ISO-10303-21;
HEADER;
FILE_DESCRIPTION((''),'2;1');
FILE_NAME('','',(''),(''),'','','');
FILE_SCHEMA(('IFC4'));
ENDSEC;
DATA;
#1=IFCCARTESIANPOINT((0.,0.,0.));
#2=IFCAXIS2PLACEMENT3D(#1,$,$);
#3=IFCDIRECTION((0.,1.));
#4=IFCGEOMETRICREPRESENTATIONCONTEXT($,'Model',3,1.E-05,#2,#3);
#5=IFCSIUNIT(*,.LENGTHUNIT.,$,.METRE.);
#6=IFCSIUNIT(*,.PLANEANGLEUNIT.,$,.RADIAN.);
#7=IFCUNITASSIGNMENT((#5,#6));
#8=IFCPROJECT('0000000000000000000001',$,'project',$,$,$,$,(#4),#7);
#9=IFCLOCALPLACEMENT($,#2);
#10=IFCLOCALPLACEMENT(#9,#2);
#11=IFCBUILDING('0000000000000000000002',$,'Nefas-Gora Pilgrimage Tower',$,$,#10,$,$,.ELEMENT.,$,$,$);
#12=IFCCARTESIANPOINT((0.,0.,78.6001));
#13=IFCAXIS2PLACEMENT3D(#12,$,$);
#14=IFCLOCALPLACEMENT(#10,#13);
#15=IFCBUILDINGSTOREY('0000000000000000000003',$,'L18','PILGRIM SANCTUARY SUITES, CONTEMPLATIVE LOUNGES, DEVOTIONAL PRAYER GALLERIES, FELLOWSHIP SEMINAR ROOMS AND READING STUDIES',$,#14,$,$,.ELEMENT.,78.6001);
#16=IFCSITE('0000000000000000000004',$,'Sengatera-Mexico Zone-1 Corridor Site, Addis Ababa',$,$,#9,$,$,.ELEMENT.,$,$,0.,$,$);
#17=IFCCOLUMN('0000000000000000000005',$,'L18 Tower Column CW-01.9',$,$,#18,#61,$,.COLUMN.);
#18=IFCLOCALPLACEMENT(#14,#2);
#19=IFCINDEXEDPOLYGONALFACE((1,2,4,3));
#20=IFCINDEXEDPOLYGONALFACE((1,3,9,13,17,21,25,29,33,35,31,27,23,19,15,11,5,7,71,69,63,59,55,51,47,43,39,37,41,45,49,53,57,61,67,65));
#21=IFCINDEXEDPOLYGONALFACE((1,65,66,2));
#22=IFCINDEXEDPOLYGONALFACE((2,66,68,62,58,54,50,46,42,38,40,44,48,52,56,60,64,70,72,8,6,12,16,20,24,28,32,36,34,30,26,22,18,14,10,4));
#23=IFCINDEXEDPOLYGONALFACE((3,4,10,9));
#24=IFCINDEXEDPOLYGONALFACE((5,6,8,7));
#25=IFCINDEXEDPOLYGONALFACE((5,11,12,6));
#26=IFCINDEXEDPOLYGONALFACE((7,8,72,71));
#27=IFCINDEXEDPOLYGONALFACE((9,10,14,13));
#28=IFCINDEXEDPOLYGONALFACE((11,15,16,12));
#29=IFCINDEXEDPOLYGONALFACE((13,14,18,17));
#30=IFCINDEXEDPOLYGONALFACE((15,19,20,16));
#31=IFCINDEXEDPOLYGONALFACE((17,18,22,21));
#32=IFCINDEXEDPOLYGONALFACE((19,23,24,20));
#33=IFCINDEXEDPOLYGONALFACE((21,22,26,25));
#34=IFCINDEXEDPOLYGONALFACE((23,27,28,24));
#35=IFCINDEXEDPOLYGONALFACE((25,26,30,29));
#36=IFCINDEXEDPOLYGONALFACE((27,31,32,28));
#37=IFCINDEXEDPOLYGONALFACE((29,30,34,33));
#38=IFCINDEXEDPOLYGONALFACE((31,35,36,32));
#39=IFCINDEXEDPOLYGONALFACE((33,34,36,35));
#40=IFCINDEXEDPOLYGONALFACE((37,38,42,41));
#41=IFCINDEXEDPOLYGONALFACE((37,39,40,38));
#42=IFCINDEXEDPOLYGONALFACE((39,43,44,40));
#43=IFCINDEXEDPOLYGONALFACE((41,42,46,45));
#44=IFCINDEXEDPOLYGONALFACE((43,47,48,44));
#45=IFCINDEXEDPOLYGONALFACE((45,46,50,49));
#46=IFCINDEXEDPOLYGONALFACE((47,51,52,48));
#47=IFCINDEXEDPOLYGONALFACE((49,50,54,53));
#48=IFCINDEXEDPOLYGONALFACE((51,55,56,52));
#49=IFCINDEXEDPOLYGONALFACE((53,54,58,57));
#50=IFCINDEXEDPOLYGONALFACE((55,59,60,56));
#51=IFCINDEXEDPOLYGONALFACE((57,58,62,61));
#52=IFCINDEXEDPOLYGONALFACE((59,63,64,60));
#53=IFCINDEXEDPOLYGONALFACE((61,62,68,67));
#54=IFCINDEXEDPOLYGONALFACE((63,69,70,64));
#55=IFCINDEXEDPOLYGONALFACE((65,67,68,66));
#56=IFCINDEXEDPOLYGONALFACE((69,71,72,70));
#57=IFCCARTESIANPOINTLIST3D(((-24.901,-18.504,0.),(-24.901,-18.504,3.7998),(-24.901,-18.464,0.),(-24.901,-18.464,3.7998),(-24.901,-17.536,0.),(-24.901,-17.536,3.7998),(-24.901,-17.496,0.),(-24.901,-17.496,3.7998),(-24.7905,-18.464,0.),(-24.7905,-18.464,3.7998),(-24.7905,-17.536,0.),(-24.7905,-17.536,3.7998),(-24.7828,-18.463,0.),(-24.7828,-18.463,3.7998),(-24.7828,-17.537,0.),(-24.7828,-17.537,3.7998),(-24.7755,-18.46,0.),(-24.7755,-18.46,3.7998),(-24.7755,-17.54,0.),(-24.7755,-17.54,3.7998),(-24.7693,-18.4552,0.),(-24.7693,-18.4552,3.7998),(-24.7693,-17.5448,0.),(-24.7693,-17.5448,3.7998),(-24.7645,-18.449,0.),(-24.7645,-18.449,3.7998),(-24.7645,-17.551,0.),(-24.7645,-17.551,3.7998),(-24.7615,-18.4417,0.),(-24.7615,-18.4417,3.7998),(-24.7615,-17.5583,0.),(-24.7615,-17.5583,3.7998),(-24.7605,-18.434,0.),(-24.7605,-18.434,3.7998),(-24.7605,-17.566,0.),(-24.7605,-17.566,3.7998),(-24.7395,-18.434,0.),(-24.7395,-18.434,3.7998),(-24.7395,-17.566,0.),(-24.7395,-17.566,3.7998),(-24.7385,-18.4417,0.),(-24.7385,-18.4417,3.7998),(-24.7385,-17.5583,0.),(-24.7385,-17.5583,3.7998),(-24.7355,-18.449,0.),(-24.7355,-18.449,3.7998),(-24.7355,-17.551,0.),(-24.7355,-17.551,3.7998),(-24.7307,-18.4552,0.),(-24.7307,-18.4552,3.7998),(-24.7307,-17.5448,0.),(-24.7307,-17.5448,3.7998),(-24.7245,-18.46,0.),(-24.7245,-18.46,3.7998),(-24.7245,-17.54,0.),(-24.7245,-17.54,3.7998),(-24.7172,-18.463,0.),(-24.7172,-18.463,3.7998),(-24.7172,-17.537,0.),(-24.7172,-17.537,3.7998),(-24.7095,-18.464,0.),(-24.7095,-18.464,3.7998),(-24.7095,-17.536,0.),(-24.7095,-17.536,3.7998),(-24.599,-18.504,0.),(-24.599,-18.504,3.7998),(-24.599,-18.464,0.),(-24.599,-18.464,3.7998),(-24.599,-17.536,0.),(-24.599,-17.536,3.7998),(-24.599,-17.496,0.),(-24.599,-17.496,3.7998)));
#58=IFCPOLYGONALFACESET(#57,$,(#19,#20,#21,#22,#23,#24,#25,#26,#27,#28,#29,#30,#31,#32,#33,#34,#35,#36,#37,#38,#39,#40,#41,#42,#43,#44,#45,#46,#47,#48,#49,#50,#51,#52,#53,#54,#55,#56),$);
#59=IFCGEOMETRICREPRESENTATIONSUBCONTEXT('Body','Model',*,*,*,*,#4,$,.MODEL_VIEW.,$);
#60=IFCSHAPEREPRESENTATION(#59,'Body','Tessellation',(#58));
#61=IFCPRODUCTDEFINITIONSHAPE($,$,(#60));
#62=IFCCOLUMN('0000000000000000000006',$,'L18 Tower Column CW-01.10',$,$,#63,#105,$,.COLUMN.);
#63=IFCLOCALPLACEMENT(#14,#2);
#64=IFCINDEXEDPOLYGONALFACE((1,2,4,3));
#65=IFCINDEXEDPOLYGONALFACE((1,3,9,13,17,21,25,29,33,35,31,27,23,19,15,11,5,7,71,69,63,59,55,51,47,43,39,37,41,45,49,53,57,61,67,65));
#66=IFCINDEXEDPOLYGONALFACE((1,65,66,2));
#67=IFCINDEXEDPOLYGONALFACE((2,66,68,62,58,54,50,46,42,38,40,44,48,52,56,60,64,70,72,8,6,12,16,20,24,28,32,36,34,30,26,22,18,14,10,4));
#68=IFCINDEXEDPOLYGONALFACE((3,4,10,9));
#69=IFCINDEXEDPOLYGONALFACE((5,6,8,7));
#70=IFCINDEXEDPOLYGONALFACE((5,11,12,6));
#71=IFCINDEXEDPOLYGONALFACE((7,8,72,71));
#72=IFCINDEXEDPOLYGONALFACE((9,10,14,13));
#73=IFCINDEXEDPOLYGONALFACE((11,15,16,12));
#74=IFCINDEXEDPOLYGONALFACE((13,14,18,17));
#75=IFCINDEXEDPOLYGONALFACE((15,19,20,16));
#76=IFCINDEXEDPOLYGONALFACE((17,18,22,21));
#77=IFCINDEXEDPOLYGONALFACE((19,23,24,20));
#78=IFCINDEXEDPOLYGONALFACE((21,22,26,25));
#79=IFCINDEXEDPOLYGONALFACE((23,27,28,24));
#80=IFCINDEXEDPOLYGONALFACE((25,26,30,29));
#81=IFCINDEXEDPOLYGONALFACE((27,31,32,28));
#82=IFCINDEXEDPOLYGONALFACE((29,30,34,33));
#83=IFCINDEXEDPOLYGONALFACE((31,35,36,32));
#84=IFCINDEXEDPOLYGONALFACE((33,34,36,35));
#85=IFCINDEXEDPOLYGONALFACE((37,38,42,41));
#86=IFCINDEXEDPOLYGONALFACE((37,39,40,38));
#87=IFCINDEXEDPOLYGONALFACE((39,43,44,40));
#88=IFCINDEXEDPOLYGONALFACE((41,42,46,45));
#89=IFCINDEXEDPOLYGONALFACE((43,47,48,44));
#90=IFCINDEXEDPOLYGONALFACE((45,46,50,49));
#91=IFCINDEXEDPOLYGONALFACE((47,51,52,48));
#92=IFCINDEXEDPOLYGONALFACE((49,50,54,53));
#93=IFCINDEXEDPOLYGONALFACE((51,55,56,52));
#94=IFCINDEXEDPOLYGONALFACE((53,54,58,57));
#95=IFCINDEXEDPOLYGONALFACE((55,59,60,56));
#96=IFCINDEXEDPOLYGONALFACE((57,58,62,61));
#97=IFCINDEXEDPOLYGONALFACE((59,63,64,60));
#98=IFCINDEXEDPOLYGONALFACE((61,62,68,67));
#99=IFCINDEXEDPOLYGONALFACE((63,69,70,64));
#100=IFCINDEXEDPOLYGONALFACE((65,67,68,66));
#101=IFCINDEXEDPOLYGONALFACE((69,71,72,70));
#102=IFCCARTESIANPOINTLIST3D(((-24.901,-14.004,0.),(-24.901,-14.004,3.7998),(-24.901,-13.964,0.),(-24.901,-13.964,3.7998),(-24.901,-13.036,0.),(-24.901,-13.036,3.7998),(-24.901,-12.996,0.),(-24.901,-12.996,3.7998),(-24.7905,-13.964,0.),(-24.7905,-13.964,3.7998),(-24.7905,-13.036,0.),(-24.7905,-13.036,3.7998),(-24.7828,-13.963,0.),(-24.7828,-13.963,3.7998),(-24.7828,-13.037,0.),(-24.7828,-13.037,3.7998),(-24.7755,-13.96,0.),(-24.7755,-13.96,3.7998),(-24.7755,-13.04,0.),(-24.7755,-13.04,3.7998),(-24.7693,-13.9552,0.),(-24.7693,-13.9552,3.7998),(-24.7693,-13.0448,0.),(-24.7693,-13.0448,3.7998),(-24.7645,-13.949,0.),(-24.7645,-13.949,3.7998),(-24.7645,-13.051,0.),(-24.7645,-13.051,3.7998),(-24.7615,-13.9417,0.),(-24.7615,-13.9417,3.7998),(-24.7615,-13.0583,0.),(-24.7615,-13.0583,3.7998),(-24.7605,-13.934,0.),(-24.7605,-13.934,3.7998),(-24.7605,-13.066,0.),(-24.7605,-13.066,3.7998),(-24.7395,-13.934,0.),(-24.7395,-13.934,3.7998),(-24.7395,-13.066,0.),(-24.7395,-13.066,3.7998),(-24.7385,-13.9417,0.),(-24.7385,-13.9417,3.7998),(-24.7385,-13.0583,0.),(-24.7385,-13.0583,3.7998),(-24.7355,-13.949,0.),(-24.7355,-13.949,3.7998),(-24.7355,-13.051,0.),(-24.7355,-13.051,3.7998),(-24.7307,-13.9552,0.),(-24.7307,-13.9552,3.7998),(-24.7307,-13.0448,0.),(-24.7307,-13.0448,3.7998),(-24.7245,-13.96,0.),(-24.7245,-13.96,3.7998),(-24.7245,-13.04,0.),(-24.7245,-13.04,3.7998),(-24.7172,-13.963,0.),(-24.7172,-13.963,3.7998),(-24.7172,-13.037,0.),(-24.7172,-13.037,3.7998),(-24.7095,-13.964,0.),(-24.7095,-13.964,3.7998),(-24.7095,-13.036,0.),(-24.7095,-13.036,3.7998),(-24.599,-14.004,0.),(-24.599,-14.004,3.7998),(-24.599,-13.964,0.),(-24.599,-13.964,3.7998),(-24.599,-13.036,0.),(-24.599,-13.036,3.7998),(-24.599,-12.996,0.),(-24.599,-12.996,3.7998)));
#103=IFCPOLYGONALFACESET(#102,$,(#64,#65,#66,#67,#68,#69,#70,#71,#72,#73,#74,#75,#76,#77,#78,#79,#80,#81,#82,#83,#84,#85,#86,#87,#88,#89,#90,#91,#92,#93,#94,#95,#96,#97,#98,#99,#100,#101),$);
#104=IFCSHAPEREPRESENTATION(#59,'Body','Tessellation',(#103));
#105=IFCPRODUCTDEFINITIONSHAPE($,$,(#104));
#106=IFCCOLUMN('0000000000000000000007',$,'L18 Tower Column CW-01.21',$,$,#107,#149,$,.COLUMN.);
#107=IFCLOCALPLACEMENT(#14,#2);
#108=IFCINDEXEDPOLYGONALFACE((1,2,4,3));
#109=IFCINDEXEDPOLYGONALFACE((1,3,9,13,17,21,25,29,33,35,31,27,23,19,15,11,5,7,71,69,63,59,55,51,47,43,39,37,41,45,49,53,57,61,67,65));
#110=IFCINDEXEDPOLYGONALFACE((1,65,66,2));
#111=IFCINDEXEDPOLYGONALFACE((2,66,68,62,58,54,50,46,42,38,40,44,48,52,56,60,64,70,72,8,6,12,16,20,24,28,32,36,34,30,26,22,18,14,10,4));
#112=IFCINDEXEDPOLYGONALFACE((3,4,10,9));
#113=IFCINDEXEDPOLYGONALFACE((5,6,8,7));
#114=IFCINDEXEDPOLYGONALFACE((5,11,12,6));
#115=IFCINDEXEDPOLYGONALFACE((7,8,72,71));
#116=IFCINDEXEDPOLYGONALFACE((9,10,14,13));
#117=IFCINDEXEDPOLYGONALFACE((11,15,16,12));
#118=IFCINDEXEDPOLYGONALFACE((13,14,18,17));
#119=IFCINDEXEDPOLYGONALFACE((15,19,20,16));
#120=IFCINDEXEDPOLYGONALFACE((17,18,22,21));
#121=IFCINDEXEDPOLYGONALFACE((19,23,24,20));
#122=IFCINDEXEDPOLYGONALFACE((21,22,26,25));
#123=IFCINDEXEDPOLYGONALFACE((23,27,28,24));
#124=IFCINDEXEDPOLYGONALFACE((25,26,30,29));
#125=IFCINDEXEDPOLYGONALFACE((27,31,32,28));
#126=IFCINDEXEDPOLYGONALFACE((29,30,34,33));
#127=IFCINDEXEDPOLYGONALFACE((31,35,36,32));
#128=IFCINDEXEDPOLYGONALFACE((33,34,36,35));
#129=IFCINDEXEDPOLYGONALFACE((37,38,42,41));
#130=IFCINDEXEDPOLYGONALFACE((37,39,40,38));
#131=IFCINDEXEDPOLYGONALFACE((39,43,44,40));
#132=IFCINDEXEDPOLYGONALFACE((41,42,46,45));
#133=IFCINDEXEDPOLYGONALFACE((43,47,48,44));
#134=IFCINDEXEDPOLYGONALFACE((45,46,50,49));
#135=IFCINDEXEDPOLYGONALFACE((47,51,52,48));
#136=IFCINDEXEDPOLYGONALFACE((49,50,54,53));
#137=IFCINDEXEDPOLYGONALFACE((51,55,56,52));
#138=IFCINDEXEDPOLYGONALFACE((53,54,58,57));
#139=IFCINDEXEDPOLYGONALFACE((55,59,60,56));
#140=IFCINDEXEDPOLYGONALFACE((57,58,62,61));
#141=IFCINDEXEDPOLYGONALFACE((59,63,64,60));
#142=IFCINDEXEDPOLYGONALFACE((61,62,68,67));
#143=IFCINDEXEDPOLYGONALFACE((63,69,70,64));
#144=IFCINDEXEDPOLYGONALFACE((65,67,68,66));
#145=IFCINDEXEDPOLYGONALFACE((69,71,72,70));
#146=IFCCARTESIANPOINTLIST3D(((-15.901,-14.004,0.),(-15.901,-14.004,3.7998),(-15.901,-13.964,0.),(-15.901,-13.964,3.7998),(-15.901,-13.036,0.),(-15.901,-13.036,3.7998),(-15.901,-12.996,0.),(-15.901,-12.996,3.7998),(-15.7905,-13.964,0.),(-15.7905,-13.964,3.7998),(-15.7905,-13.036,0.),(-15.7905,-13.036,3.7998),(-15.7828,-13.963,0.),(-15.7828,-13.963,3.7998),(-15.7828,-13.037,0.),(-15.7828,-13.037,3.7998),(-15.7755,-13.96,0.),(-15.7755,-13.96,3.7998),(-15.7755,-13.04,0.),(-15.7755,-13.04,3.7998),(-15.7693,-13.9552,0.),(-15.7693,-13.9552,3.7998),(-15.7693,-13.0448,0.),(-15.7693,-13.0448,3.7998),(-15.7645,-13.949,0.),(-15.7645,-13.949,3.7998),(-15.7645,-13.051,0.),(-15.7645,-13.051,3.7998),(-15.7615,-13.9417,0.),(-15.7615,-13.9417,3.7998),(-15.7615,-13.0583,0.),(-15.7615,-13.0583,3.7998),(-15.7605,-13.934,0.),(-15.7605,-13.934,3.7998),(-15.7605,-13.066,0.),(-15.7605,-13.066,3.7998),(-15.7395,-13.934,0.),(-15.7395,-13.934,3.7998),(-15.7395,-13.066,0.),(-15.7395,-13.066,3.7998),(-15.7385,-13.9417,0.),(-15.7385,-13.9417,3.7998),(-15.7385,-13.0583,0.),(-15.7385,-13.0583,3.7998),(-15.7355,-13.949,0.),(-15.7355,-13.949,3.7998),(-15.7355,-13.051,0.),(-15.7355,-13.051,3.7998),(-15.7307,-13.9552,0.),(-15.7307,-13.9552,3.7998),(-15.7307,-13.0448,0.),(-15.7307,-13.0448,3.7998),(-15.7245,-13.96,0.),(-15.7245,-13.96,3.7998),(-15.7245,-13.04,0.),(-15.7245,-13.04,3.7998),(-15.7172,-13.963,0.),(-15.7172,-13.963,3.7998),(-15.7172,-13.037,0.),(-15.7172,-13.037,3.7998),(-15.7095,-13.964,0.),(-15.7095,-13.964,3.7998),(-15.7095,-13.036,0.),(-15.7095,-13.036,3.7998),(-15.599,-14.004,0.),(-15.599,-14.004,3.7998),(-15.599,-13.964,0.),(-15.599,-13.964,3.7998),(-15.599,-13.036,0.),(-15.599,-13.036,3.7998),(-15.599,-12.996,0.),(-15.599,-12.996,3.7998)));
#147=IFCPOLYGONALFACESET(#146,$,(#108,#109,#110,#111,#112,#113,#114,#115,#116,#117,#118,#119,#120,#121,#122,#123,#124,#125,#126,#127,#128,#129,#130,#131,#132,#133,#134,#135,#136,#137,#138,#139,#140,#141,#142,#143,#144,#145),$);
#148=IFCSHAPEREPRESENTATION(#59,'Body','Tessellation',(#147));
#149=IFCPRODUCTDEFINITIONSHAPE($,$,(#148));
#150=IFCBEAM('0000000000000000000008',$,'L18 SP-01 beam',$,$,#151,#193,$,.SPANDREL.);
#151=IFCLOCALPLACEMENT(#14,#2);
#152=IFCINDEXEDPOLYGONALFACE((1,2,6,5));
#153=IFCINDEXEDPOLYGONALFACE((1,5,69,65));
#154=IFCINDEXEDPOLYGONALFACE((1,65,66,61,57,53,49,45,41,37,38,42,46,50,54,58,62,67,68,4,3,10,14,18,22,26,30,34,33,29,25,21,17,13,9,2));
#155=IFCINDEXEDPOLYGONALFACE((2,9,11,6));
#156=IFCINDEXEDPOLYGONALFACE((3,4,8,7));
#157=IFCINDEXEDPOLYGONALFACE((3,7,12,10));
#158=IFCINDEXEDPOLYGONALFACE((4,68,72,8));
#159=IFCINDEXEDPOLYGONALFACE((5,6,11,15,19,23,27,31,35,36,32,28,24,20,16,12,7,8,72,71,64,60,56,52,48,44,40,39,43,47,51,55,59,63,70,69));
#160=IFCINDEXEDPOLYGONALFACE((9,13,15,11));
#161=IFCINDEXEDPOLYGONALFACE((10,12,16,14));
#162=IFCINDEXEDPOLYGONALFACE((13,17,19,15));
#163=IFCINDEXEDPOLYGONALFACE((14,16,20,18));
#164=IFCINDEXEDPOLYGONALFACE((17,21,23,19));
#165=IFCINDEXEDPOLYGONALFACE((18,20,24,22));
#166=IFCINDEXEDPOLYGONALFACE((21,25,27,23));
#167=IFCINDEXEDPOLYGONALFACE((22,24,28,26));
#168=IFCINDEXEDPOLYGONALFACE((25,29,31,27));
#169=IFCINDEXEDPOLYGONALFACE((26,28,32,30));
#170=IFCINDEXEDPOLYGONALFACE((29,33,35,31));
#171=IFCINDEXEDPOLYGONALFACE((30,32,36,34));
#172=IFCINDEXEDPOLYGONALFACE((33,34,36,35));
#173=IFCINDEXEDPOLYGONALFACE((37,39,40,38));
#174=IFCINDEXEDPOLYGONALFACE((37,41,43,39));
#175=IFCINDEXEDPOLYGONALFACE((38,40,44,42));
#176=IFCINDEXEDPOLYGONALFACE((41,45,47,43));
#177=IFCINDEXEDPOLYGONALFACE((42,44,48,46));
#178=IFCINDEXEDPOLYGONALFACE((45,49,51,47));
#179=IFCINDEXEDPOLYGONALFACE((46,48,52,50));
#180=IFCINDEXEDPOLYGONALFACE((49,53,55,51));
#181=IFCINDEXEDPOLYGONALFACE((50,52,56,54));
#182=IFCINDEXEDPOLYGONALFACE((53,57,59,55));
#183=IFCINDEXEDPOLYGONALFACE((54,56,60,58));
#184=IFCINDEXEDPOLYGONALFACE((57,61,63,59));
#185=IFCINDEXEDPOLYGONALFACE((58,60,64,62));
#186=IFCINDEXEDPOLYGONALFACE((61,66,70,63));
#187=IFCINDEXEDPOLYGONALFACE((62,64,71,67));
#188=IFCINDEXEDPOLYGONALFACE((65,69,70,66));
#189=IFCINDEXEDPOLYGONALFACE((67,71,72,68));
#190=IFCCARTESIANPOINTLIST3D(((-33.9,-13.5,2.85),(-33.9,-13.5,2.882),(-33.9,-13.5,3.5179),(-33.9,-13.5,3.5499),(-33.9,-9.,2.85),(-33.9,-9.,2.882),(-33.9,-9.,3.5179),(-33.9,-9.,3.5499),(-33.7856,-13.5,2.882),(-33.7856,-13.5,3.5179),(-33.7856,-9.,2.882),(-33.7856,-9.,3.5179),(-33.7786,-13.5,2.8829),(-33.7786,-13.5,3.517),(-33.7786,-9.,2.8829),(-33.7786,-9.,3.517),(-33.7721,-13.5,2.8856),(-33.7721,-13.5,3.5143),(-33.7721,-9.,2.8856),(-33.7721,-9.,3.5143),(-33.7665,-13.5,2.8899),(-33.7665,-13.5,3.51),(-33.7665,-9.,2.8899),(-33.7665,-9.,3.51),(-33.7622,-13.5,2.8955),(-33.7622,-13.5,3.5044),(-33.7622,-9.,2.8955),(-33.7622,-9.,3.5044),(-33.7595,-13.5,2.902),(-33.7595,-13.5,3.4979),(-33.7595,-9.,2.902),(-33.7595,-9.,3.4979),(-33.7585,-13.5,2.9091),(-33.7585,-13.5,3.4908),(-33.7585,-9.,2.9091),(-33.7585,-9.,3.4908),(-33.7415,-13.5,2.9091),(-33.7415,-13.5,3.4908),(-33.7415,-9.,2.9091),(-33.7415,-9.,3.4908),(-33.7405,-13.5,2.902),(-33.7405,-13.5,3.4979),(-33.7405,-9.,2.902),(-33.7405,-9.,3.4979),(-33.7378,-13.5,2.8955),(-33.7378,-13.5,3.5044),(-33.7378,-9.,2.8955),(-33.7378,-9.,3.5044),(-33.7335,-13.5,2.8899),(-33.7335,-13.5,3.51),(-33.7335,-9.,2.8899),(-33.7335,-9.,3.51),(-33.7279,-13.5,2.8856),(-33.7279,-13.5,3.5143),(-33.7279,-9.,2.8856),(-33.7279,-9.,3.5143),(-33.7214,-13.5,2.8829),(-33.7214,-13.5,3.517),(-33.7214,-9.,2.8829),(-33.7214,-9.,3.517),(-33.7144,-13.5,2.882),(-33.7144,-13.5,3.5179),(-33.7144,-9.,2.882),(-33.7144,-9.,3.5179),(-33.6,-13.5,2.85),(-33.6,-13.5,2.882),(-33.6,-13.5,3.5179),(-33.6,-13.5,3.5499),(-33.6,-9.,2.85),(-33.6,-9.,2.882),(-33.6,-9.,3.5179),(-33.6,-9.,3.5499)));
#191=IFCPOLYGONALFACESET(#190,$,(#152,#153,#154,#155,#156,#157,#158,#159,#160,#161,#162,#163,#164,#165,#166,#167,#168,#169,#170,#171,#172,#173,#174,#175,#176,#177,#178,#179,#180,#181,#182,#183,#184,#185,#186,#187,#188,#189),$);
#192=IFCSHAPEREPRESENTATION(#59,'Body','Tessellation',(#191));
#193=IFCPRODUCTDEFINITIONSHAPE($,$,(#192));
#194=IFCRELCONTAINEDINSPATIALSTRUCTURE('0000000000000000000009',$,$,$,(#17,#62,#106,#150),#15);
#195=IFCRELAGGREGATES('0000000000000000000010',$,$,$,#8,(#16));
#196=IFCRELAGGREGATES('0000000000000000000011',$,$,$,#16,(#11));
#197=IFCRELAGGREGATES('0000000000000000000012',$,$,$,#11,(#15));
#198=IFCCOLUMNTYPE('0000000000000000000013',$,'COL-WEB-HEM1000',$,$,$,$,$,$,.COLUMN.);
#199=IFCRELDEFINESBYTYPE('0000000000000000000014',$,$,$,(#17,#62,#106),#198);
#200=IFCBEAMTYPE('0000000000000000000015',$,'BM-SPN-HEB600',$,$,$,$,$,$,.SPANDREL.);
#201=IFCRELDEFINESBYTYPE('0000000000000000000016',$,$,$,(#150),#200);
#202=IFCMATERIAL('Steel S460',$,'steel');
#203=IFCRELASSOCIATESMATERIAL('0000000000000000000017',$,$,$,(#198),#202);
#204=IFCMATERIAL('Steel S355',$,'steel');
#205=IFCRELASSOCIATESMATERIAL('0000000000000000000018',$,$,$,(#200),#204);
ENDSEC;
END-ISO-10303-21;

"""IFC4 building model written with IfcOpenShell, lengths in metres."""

from ifc_helpers import new_model, si_unit, direction, frame, origin, origin_2d, place, context, subcontext, project, spatial, i_section, extrude, source, transform, mapped, material, material_profile, profile_set, type_object, element, save


model = new_model("IFC4")

# Units and contexts
model_context = context("Model", 3, precision=1e-05, world=origin(), true_north=direction((0.0, 1.0)))
body_context = subcontext(model_context, "Body", "Model", "MODEL_VIEW")
ifc_project = project(units=[si_unit("LENGTHUNIT", "METRE"), si_unit("PLANEANGLEUNIT", "RADIAN")], contexts=[model_context])

# Site, building, storey
site_placement = place(None, origin())
site = spatial("IfcSite", under=ifc_project, at=site_placement, Name="Sengatera-Mexico Zone-1 Corridor Site, Addis Ababa", CompositionType="ELEMENT", RefElevation=0.0)
building_placement = place(site_placement, origin())
building = spatial("IfcBuilding", under=site, at=building_placement, Name="Nefas-Gora Pilgrimage Tower", CompositionType="ELEMENT")
storey_placement = place(building_placement, frame((0.0, 0.0, 78.6001)))
storey = spatial("IfcBuildingStorey", under=building, at=storey_placement, Name="L18", Description="PILGRIM SANCTUARY SUITES, CONTEMPLATIVE LOUNGES, DEVOTIONAL PRAYER GALLERIES, FELLOWSHIP SEMINAR ROOMS AND READING STUDIES", CompositionType="ELEMENT", Elevation=78.6001)

# Columns
ifc_material_1 = material(Name="Steel S460", Category="steel")
ifc_material_profile_1 = material_profile(ifc_material_1, i_section(OverallWidth=0.302, OverallDepth=1.0081, WebThickness=0.021, FlangeThickness=0.04, FilletRadius=0.03, at=origin_2d()), Name="HEM 1000")
ifc_profile_set_1 = profile_set([ifc_material_profile_1], Name="Steel S460")
column_type_1 = type_object("IfcColumnType", Name="COL-WEB-HEM1000", PredefinedType="COLUMN", material=ifc_profile_set_1)
shared_shape_1 = source(origin(), body_context, "Body", "SweptSolid", [
    extrude(i_section(OverallWidth=0.302, OverallDepth=1.0081, WebThickness=0.021, FlangeThickness=0.04, FilletRadius=0.03, at=origin_2d()), origin(), (0.0, 0.0, 1.0), 3.7998),
])
for number, where, z_axis, x_axis, name in (
    (1, (-24.75, -18.0, 0.0), (0.0, 0.0, 1.0), (1.0, 0.0, 0.0), "L18 Tower Column CW-01.9"),
    (2, (-24.75, -13.5, 0.0), (0.0, 0.0, 1.0), (1.0, 0.0, 0.0), "L18 Tower Column CW-01.10"),
    (3, (-15.75, -13.5, 0.0), (0.0, 0.0, 1.0), (1.0, 0.0, 0.0), "L18 Tower Column CW-01.21"),
):
    element("IfcColumn", number, at=place(storey_placement, frame(where, z_axis=z_axis, x_axis=x_axis)), inside=storey, type_object=column_type_1, Name=name, PredefinedType="COLUMN", context=body_context, shape_type="MappedRepresentation", body=[
        mapped(shared_shape_1, transform((0.0, 0.0, 0.0), x_axis=(1.0, 0.0, 0.0), y_axis=(0.0, 1.0, 0.0), z_axis=(0.0, 0.0, 1.0), scale=1.0)),
    ])

# Beam
ifc_material_2 = material(Name="Steel S355", Category="steel")
ifc_material_profile_2 = material_profile(ifc_material_2, i_section(OverallWidth=0.3, OverallDepth=0.7, WebThickness=0.0171, FlangeThickness=0.032, FilletRadius=0.0271, at=origin_2d()), Name="HEB 700")
ifc_profile_set_2 = profile_set([ifc_material_profile_2], Name="Steel S355")
beam_type_1 = type_object("IfcBeamType", Name="BM-SPN-HEB600", PredefinedType="SPANDREL", material=ifc_profile_set_2)
shared_shape_2 = source(origin(), body_context, "Body", "SweptSolid", [
    extrude(i_section(OverallWidth=0.3, OverallDepth=0.7, WebThickness=0.0171, FlangeThickness=0.032, FilletRadius=0.0271, at=origin_2d()), origin(), (0.0, 0.0, 1.0), 4.5),
])
for number, where, z_axis, x_axis, name in (
    (4, (-33.75, -13.5, 3.2), (0.0, 1.0, 0.0), (-1.0, 0.0, 0.0), "L18 SP-01 beam"),
):
    element("IfcBeam", number, at=place(storey_placement, frame(where, z_axis=z_axis, x_axis=x_axis)), inside=storey, type_object=beam_type_1, Name=name, PredefinedType="SPANDREL", context=body_context, shape_type="MappedRepresentation", body=[
        mapped(shared_shape_2, transform((0.0, 0.0, 0.0), x_axis=(1.0, 0.0, 0.0), y_axis=(0.0, 1.0, 0.0), z_axis=(0.0, 0.0, 1.0), scale=1.0)),
    ])

save(model, "model.ifc")
